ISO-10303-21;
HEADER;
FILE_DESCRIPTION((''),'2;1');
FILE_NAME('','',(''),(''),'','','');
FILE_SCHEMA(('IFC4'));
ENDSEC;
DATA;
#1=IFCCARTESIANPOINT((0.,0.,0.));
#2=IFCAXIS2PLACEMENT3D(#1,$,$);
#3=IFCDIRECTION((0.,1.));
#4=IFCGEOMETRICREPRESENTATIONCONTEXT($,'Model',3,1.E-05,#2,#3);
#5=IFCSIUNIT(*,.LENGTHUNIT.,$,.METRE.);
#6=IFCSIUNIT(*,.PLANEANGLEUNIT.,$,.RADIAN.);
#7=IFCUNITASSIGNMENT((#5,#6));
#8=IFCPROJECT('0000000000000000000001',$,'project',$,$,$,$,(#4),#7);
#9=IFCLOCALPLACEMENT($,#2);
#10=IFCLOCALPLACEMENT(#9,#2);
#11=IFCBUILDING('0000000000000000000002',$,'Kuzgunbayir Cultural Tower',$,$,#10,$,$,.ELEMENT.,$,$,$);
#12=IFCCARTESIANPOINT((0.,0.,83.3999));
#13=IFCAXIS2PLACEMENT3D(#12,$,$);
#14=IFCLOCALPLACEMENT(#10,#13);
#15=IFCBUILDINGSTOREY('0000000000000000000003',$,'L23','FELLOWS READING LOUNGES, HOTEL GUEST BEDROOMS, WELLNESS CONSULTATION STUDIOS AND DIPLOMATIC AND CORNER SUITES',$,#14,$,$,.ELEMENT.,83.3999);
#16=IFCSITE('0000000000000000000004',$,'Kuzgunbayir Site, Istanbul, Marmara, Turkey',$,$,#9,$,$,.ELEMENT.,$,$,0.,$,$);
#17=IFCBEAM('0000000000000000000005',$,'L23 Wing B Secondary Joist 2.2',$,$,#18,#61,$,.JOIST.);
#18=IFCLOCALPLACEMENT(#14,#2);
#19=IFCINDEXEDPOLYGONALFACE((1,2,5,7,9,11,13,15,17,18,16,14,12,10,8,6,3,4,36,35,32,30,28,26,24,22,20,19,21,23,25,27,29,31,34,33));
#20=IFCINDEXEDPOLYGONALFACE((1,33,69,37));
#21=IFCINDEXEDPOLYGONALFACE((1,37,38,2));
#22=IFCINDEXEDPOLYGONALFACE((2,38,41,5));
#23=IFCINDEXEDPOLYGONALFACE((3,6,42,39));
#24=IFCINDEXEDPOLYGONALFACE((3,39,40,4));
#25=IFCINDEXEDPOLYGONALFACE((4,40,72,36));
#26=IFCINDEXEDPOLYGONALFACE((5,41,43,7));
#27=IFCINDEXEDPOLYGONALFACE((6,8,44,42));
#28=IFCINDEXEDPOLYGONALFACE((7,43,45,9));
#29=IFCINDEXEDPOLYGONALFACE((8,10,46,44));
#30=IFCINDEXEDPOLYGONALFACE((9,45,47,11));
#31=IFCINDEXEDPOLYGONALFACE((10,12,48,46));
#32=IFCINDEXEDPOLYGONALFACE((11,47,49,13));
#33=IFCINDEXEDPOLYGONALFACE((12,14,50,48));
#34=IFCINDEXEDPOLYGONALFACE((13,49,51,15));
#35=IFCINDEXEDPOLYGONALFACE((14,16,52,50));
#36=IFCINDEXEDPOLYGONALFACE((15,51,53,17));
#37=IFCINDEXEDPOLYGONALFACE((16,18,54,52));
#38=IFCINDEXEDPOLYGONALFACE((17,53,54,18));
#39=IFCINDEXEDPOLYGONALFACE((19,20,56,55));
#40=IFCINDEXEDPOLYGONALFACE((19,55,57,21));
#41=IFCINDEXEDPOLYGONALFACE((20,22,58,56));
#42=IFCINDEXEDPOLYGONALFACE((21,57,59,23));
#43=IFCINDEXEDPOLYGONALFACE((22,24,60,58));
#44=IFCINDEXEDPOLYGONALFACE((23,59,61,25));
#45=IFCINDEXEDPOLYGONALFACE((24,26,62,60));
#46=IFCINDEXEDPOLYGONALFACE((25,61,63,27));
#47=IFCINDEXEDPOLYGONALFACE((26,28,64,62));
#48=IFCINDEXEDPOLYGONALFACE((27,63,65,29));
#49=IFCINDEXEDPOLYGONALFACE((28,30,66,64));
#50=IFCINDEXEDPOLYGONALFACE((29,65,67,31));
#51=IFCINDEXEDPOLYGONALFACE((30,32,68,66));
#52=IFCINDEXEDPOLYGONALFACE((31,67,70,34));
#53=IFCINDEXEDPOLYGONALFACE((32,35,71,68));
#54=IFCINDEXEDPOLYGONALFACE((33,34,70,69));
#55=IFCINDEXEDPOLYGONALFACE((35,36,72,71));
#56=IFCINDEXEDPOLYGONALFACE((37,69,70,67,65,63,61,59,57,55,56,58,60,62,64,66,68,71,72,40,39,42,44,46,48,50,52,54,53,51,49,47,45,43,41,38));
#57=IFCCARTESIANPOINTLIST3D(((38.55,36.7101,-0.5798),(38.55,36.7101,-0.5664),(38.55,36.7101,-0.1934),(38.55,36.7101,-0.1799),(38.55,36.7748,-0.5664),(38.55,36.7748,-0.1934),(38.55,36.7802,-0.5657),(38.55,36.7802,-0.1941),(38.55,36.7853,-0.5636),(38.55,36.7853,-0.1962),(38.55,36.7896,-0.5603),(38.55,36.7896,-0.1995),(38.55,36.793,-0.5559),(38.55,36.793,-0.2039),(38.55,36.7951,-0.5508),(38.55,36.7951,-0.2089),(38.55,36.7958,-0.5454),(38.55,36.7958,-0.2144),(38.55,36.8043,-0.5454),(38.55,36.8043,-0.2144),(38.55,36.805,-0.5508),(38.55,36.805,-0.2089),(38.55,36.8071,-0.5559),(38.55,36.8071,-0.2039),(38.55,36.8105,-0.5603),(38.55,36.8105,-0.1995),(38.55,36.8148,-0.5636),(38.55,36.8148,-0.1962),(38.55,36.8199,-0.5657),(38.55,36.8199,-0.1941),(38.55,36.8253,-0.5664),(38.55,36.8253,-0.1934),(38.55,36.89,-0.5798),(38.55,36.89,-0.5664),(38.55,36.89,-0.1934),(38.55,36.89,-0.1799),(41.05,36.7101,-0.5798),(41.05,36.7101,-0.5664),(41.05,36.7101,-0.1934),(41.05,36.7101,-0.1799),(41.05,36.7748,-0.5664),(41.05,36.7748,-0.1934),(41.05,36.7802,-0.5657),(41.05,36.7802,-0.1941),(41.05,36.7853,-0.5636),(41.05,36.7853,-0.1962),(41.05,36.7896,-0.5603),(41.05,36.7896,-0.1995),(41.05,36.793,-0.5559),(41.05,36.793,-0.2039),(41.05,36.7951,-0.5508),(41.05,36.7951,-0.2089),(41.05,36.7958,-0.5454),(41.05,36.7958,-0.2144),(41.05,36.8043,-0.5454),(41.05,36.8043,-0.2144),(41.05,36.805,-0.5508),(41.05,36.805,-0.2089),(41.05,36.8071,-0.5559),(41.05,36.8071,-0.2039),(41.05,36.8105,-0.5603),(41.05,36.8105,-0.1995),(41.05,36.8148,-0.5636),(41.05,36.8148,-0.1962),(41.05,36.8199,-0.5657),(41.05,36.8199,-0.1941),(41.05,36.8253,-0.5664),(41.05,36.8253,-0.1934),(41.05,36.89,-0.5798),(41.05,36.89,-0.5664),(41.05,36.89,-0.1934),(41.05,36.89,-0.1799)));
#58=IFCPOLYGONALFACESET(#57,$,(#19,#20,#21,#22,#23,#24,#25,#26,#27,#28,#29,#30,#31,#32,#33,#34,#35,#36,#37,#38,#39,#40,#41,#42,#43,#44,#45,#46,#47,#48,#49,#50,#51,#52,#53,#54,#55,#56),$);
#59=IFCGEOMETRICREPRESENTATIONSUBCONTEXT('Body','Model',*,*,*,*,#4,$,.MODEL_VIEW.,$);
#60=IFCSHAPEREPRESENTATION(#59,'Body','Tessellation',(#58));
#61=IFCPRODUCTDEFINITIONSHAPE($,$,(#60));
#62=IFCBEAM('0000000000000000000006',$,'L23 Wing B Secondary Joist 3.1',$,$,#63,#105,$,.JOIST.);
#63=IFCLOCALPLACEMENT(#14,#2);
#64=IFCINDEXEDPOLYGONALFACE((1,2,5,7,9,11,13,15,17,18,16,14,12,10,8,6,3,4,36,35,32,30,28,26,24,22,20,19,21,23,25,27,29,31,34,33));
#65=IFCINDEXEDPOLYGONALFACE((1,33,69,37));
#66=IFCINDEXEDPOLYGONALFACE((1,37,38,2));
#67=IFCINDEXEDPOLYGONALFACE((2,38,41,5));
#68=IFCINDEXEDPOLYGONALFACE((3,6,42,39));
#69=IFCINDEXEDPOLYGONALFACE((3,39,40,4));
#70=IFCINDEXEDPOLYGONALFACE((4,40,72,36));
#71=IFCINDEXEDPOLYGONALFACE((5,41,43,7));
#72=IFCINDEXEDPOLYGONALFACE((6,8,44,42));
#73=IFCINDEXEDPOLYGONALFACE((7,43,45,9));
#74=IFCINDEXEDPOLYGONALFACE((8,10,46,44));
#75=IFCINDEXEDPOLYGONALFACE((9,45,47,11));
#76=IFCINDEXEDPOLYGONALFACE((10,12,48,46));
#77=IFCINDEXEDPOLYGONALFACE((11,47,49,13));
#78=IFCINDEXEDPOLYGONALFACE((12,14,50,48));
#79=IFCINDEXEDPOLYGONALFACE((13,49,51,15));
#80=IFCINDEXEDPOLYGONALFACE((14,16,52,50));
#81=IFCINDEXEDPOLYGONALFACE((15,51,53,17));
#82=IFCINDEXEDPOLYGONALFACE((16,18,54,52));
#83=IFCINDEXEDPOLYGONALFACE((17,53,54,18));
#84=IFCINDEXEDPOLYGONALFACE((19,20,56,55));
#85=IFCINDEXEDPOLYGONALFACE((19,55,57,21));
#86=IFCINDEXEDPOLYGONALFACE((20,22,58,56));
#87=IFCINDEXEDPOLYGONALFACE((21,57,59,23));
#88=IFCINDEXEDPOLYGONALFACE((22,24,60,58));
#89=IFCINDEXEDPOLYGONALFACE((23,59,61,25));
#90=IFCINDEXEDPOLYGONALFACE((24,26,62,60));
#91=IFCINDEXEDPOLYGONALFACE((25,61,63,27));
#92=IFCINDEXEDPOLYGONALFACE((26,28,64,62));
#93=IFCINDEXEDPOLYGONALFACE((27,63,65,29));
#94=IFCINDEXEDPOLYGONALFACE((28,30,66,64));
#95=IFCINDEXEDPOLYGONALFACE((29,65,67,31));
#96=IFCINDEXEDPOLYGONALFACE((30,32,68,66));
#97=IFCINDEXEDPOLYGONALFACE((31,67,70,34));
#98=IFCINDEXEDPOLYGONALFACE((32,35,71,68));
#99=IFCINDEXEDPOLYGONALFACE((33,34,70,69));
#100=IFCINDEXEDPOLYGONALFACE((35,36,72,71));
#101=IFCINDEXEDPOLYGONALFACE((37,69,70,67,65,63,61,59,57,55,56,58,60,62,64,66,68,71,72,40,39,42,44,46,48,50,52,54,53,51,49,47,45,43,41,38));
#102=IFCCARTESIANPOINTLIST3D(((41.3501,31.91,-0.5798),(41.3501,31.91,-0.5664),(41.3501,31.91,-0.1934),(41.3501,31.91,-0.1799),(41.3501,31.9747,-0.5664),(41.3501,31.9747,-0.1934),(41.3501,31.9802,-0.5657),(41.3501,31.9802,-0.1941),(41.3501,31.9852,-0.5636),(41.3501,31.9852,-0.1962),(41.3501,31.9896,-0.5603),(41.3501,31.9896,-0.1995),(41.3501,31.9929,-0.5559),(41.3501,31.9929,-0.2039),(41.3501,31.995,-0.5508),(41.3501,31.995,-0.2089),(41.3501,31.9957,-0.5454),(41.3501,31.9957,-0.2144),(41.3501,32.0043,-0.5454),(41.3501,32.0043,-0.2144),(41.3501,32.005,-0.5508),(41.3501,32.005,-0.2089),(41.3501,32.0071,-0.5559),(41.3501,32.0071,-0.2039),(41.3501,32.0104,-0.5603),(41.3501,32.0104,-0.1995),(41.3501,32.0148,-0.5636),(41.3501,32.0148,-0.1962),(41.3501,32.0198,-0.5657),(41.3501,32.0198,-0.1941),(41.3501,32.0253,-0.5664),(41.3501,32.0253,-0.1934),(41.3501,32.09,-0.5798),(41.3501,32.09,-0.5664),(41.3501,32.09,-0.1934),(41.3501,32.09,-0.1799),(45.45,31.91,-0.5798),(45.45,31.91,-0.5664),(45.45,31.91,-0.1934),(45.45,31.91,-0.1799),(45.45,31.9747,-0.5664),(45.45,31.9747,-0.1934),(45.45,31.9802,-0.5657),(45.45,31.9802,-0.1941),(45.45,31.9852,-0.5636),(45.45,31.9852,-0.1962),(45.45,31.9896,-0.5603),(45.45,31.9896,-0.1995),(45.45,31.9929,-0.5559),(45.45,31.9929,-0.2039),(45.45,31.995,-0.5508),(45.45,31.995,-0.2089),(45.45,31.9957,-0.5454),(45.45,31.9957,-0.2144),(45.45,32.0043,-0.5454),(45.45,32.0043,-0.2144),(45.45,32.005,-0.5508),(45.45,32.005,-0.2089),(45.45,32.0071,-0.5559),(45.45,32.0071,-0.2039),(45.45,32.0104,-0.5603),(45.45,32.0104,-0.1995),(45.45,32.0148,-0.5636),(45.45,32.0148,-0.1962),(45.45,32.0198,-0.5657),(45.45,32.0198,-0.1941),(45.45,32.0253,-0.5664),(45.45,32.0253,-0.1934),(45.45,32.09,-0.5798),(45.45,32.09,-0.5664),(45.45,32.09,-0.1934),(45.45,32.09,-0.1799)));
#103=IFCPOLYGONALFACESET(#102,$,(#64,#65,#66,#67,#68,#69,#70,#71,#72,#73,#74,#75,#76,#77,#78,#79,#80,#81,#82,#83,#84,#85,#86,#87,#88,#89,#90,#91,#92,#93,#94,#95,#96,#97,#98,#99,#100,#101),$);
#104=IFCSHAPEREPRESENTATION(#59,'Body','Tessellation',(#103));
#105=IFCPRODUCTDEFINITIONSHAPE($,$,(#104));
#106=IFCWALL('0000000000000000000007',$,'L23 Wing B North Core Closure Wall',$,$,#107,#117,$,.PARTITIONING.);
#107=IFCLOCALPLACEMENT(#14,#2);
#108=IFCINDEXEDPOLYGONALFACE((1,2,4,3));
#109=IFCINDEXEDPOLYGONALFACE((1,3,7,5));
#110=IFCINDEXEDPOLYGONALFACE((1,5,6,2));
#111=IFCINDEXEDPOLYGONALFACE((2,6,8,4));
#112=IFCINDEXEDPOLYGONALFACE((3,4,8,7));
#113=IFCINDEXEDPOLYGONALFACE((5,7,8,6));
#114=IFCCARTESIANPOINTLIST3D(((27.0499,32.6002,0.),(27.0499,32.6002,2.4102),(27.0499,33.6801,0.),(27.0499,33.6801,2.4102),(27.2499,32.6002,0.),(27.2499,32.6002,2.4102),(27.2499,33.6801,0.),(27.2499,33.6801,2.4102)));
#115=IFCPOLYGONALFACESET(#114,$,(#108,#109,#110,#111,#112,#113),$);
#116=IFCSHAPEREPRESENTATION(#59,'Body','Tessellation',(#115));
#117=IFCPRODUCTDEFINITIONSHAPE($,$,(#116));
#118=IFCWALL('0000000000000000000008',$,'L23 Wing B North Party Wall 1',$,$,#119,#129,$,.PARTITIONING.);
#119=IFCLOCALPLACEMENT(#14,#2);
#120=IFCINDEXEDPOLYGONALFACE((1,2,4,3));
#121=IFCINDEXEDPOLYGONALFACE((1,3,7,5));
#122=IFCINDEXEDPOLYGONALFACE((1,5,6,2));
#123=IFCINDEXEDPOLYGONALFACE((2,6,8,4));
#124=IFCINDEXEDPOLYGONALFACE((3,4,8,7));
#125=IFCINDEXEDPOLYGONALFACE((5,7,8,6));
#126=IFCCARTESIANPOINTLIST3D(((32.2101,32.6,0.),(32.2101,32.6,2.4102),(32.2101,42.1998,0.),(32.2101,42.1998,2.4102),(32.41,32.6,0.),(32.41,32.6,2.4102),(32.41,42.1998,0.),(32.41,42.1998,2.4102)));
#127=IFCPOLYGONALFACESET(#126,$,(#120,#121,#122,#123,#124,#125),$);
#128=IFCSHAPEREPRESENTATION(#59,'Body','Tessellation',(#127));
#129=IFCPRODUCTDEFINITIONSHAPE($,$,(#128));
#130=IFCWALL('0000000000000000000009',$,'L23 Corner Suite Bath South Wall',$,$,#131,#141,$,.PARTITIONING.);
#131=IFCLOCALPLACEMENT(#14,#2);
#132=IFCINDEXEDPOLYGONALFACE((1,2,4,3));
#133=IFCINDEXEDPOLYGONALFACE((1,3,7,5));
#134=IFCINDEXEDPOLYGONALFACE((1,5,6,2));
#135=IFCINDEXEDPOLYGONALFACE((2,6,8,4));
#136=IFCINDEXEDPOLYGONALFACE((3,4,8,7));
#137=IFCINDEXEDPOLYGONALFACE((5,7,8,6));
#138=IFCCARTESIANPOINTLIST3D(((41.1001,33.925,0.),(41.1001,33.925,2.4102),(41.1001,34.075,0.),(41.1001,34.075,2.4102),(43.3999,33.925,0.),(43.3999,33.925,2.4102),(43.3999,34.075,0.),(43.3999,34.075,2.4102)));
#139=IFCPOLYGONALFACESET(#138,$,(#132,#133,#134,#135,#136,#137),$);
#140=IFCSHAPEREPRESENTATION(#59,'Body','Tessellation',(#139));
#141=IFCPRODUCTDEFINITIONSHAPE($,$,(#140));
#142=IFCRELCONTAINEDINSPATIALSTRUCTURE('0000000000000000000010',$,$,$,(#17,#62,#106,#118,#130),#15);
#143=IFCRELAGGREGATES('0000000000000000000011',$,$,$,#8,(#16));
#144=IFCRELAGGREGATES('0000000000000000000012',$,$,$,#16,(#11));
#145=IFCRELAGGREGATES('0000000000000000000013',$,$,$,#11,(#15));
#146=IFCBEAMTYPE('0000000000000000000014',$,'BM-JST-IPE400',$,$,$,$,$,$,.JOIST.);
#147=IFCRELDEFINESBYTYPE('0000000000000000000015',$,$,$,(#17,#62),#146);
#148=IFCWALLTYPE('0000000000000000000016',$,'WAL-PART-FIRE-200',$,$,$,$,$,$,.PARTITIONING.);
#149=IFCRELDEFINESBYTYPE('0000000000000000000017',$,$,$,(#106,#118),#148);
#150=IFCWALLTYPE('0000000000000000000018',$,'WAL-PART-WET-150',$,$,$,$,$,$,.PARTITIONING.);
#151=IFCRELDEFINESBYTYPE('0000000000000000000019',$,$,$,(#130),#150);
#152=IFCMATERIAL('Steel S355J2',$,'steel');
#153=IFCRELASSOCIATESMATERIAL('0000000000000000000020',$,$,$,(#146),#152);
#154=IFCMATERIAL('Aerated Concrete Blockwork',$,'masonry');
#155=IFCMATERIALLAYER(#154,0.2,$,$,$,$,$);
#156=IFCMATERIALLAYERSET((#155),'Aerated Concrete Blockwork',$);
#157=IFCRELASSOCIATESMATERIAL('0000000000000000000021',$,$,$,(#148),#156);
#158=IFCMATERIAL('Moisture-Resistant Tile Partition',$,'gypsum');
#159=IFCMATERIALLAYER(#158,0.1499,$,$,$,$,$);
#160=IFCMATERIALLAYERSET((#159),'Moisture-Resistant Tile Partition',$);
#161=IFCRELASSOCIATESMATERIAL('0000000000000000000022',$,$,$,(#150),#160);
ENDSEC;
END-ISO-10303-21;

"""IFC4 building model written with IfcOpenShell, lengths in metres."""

from ifc_helpers import new_model, si_unit, direction, frame, frame_2d, origin, origin_2d, place, context, subcontext, project, spatial, rectangle, i_section, extrude, material, layer, layer_set, material_profile, profile_set, type_object, element, save


model = new_model("IFC4")

# Units and contexts
model_context = context("Model", 3, precision=1e-05, world=origin(), true_north=direction((0.0, 1.0)))
body_context = subcontext(model_context, "Body", "Model", "MODEL_VIEW")
ifc_project = project(units=[si_unit("LENGTHUNIT", "METRE"), si_unit("PLANEANGLEUNIT", "RADIAN")], contexts=[model_context])

# Site, building, storey
site_placement = place(None, origin())
site = spatial("IfcSite", under=ifc_project, at=site_placement, Name="Kuzgunbayir Site, Istanbul, Marmara, Turkey", CompositionType="ELEMENT", RefElevation=0.0)
building_placement = place(site_placement, origin())
building = spatial("IfcBuilding", under=site, at=building_placement, Name="Kuzgunbayir Cultural Tower", CompositionType="ELEMENT")
storey_placement = place(building_placement, frame((0.0, 0.0, 83.3999)))
storey = spatial("IfcBuildingStorey", under=building, at=storey_placement, Name="L23", Description="FELLOWS READING LOUNGES, HOTEL GUEST BEDROOMS, WELLNESS CONSULTATION STUDIOS AND DIPLOMATIC AND CORNER SUITES", CompositionType="ELEMENT", Elevation=83.3999)

# Beams
ifc_material_1 = material(Name="Steel S355J2", Category="steel")
ifc_material_profile_1 = material_profile(ifc_material_1, i_section(OverallWidth=0.1799, OverallDepth=0.3999, WebThickness=0.0085, FlangeThickness=0.0134, FilletRadius=0.021, at=origin_2d()), Name="IPE 400")
ifc_profile_set_1 = profile_set([ifc_material_profile_1], Name="Steel S355J2")
beam_type_1 = type_object("IfcBeamType", Name="BM-JST-IPE400", PredefinedType="JOIST", material=ifc_profile_set_1)
for number, where, z_axis, x_axis, name in (
    (1, (38.55, 36.8, -0.3799), (1.0, 0.0, 0.0), (0.0, 1.0, 0.0), "L23 Wing B Secondary Joist 2.2"),
):
    element("IfcBeam", number, at=place(storey_placement, frame(where, z_axis=z_axis, x_axis=x_axis)), inside=storey, type_object=beam_type_1, Name=name, PredefinedType="JOIST", context=body_context, shape_type="SweptSolid", body=[
        extrude(i_section(OverallWidth=0.1799, OverallDepth=0.3999, WebThickness=0.0085, FlangeThickness=0.0134, FilletRadius=0.021, at=origin_2d()), origin(), (0.0, 0.0, 1.0), 2.5),
    ])
beam_1_placement = place(storey_placement, frame((41.3501, 32.0, -0.3799), z_axis=(1.0, 0.0, 0.0), x_axis=(0.0, 1.0, 0.0)))
element("IfcBeam", 2, at=beam_1_placement, inside=storey, type_object=beam_type_1, Name="L23 Wing B Secondary Joist 3.1", PredefinedType="JOIST", context=body_context, shape_type="SweptSolid", body=[
    extrude(i_section(OverallWidth=0.1799, OverallDepth=0.3999, WebThickness=0.0085, FlangeThickness=0.0134, FilletRadius=0.021, at=origin_2d()), origin(), (0.0, 0.0, 1.0), 4.0999),
])

# Shared definitions
ifc_material_2 = material(Name="Aerated Concrete Blockwork", Category="masonry")
ifc_layer_1 = layer(ifc_material_2, 0.2)
ifc_layer_set_1 = layer_set([ifc_layer_1], Name="Aerated Concrete Blockwork")
wall_type_1 = type_object("IfcWallType", Name="WAL-PART-FIRE-200", PredefinedType="PARTITIONING", material=ifc_layer_set_1)

# Walls
wall_1_placement = place(storey_placement, frame((27.1499, 32.6001, 0.0), z_axis=(0.0, 0.0, 1.0), x_axis=(0.0, 1.0, 0.0)))
element("IfcWall", 3, at=wall_1_placement, inside=storey, type_object=wall_type_1, Name="L23 Wing B North Core Closure Wall", PredefinedType="PARTITIONING", context=body_context, shape_type="SweptSolid", body=[
    extrude(rectangle(XDim=1.0798, YDim=0.2, at=frame_2d((0.54, 0.0))), origin(), (0.0, 0.0, 1.0), 2.4102),
])
wall_2_placement = place(storey_placement, frame((32.3101, 32.6001, 0.0), z_axis=(0.0, 0.0, 1.0), x_axis=(0.0, 1.0, 0.0)))
element("IfcWall", 4, at=wall_2_placement, inside=storey, type_object=wall_type_1, Name="L23 Wing B North Party Wall 1", PredefinedType="PARTITIONING", context=body_context, shape_type="SweptSolid", body=[
    extrude(rectangle(XDim=9.5999, YDim=0.2, at=frame_2d((4.7998, 0.0))), origin(), (0.0, 0.0, 1.0), 2.4102),
])

# Shared definitions
ifc_material_3 = material(Name="Moisture-Resistant Tile Partition", Category="gypsum")
ifc_layer_2 = layer(ifc_material_3, 0.1499)
ifc_layer_set_2 = layer_set([ifc_layer_2], Name="Moisture-Resistant Tile Partition")
wall_type_2 = type_object("IfcWallType", Name="WAL-PART-WET-150", PredefinedType="PARTITIONING", material=ifc_layer_set_2)

# Wall
wall_3_placement = place(storey_placement, frame((41.1001, 34.0, 0.0), z_axis=(0.0, 0.0, 1.0), x_axis=(1.0, 0.0, 0.0)))
element("IfcWall", 5, at=wall_3_placement, inside=storey, type_object=wall_type_2, Name="L23 Corner Suite Bath South Wall", PredefinedType="PARTITIONING", context=body_context, shape_type="SweptSolid", body=[
    extrude(rectangle(XDim=2.2998, YDim=0.1499, at=frame_2d((1.1499, 0.0))), origin(), (0.0, 0.0, 1.0), 2.4102),
])

save(model, "model.ifc")
